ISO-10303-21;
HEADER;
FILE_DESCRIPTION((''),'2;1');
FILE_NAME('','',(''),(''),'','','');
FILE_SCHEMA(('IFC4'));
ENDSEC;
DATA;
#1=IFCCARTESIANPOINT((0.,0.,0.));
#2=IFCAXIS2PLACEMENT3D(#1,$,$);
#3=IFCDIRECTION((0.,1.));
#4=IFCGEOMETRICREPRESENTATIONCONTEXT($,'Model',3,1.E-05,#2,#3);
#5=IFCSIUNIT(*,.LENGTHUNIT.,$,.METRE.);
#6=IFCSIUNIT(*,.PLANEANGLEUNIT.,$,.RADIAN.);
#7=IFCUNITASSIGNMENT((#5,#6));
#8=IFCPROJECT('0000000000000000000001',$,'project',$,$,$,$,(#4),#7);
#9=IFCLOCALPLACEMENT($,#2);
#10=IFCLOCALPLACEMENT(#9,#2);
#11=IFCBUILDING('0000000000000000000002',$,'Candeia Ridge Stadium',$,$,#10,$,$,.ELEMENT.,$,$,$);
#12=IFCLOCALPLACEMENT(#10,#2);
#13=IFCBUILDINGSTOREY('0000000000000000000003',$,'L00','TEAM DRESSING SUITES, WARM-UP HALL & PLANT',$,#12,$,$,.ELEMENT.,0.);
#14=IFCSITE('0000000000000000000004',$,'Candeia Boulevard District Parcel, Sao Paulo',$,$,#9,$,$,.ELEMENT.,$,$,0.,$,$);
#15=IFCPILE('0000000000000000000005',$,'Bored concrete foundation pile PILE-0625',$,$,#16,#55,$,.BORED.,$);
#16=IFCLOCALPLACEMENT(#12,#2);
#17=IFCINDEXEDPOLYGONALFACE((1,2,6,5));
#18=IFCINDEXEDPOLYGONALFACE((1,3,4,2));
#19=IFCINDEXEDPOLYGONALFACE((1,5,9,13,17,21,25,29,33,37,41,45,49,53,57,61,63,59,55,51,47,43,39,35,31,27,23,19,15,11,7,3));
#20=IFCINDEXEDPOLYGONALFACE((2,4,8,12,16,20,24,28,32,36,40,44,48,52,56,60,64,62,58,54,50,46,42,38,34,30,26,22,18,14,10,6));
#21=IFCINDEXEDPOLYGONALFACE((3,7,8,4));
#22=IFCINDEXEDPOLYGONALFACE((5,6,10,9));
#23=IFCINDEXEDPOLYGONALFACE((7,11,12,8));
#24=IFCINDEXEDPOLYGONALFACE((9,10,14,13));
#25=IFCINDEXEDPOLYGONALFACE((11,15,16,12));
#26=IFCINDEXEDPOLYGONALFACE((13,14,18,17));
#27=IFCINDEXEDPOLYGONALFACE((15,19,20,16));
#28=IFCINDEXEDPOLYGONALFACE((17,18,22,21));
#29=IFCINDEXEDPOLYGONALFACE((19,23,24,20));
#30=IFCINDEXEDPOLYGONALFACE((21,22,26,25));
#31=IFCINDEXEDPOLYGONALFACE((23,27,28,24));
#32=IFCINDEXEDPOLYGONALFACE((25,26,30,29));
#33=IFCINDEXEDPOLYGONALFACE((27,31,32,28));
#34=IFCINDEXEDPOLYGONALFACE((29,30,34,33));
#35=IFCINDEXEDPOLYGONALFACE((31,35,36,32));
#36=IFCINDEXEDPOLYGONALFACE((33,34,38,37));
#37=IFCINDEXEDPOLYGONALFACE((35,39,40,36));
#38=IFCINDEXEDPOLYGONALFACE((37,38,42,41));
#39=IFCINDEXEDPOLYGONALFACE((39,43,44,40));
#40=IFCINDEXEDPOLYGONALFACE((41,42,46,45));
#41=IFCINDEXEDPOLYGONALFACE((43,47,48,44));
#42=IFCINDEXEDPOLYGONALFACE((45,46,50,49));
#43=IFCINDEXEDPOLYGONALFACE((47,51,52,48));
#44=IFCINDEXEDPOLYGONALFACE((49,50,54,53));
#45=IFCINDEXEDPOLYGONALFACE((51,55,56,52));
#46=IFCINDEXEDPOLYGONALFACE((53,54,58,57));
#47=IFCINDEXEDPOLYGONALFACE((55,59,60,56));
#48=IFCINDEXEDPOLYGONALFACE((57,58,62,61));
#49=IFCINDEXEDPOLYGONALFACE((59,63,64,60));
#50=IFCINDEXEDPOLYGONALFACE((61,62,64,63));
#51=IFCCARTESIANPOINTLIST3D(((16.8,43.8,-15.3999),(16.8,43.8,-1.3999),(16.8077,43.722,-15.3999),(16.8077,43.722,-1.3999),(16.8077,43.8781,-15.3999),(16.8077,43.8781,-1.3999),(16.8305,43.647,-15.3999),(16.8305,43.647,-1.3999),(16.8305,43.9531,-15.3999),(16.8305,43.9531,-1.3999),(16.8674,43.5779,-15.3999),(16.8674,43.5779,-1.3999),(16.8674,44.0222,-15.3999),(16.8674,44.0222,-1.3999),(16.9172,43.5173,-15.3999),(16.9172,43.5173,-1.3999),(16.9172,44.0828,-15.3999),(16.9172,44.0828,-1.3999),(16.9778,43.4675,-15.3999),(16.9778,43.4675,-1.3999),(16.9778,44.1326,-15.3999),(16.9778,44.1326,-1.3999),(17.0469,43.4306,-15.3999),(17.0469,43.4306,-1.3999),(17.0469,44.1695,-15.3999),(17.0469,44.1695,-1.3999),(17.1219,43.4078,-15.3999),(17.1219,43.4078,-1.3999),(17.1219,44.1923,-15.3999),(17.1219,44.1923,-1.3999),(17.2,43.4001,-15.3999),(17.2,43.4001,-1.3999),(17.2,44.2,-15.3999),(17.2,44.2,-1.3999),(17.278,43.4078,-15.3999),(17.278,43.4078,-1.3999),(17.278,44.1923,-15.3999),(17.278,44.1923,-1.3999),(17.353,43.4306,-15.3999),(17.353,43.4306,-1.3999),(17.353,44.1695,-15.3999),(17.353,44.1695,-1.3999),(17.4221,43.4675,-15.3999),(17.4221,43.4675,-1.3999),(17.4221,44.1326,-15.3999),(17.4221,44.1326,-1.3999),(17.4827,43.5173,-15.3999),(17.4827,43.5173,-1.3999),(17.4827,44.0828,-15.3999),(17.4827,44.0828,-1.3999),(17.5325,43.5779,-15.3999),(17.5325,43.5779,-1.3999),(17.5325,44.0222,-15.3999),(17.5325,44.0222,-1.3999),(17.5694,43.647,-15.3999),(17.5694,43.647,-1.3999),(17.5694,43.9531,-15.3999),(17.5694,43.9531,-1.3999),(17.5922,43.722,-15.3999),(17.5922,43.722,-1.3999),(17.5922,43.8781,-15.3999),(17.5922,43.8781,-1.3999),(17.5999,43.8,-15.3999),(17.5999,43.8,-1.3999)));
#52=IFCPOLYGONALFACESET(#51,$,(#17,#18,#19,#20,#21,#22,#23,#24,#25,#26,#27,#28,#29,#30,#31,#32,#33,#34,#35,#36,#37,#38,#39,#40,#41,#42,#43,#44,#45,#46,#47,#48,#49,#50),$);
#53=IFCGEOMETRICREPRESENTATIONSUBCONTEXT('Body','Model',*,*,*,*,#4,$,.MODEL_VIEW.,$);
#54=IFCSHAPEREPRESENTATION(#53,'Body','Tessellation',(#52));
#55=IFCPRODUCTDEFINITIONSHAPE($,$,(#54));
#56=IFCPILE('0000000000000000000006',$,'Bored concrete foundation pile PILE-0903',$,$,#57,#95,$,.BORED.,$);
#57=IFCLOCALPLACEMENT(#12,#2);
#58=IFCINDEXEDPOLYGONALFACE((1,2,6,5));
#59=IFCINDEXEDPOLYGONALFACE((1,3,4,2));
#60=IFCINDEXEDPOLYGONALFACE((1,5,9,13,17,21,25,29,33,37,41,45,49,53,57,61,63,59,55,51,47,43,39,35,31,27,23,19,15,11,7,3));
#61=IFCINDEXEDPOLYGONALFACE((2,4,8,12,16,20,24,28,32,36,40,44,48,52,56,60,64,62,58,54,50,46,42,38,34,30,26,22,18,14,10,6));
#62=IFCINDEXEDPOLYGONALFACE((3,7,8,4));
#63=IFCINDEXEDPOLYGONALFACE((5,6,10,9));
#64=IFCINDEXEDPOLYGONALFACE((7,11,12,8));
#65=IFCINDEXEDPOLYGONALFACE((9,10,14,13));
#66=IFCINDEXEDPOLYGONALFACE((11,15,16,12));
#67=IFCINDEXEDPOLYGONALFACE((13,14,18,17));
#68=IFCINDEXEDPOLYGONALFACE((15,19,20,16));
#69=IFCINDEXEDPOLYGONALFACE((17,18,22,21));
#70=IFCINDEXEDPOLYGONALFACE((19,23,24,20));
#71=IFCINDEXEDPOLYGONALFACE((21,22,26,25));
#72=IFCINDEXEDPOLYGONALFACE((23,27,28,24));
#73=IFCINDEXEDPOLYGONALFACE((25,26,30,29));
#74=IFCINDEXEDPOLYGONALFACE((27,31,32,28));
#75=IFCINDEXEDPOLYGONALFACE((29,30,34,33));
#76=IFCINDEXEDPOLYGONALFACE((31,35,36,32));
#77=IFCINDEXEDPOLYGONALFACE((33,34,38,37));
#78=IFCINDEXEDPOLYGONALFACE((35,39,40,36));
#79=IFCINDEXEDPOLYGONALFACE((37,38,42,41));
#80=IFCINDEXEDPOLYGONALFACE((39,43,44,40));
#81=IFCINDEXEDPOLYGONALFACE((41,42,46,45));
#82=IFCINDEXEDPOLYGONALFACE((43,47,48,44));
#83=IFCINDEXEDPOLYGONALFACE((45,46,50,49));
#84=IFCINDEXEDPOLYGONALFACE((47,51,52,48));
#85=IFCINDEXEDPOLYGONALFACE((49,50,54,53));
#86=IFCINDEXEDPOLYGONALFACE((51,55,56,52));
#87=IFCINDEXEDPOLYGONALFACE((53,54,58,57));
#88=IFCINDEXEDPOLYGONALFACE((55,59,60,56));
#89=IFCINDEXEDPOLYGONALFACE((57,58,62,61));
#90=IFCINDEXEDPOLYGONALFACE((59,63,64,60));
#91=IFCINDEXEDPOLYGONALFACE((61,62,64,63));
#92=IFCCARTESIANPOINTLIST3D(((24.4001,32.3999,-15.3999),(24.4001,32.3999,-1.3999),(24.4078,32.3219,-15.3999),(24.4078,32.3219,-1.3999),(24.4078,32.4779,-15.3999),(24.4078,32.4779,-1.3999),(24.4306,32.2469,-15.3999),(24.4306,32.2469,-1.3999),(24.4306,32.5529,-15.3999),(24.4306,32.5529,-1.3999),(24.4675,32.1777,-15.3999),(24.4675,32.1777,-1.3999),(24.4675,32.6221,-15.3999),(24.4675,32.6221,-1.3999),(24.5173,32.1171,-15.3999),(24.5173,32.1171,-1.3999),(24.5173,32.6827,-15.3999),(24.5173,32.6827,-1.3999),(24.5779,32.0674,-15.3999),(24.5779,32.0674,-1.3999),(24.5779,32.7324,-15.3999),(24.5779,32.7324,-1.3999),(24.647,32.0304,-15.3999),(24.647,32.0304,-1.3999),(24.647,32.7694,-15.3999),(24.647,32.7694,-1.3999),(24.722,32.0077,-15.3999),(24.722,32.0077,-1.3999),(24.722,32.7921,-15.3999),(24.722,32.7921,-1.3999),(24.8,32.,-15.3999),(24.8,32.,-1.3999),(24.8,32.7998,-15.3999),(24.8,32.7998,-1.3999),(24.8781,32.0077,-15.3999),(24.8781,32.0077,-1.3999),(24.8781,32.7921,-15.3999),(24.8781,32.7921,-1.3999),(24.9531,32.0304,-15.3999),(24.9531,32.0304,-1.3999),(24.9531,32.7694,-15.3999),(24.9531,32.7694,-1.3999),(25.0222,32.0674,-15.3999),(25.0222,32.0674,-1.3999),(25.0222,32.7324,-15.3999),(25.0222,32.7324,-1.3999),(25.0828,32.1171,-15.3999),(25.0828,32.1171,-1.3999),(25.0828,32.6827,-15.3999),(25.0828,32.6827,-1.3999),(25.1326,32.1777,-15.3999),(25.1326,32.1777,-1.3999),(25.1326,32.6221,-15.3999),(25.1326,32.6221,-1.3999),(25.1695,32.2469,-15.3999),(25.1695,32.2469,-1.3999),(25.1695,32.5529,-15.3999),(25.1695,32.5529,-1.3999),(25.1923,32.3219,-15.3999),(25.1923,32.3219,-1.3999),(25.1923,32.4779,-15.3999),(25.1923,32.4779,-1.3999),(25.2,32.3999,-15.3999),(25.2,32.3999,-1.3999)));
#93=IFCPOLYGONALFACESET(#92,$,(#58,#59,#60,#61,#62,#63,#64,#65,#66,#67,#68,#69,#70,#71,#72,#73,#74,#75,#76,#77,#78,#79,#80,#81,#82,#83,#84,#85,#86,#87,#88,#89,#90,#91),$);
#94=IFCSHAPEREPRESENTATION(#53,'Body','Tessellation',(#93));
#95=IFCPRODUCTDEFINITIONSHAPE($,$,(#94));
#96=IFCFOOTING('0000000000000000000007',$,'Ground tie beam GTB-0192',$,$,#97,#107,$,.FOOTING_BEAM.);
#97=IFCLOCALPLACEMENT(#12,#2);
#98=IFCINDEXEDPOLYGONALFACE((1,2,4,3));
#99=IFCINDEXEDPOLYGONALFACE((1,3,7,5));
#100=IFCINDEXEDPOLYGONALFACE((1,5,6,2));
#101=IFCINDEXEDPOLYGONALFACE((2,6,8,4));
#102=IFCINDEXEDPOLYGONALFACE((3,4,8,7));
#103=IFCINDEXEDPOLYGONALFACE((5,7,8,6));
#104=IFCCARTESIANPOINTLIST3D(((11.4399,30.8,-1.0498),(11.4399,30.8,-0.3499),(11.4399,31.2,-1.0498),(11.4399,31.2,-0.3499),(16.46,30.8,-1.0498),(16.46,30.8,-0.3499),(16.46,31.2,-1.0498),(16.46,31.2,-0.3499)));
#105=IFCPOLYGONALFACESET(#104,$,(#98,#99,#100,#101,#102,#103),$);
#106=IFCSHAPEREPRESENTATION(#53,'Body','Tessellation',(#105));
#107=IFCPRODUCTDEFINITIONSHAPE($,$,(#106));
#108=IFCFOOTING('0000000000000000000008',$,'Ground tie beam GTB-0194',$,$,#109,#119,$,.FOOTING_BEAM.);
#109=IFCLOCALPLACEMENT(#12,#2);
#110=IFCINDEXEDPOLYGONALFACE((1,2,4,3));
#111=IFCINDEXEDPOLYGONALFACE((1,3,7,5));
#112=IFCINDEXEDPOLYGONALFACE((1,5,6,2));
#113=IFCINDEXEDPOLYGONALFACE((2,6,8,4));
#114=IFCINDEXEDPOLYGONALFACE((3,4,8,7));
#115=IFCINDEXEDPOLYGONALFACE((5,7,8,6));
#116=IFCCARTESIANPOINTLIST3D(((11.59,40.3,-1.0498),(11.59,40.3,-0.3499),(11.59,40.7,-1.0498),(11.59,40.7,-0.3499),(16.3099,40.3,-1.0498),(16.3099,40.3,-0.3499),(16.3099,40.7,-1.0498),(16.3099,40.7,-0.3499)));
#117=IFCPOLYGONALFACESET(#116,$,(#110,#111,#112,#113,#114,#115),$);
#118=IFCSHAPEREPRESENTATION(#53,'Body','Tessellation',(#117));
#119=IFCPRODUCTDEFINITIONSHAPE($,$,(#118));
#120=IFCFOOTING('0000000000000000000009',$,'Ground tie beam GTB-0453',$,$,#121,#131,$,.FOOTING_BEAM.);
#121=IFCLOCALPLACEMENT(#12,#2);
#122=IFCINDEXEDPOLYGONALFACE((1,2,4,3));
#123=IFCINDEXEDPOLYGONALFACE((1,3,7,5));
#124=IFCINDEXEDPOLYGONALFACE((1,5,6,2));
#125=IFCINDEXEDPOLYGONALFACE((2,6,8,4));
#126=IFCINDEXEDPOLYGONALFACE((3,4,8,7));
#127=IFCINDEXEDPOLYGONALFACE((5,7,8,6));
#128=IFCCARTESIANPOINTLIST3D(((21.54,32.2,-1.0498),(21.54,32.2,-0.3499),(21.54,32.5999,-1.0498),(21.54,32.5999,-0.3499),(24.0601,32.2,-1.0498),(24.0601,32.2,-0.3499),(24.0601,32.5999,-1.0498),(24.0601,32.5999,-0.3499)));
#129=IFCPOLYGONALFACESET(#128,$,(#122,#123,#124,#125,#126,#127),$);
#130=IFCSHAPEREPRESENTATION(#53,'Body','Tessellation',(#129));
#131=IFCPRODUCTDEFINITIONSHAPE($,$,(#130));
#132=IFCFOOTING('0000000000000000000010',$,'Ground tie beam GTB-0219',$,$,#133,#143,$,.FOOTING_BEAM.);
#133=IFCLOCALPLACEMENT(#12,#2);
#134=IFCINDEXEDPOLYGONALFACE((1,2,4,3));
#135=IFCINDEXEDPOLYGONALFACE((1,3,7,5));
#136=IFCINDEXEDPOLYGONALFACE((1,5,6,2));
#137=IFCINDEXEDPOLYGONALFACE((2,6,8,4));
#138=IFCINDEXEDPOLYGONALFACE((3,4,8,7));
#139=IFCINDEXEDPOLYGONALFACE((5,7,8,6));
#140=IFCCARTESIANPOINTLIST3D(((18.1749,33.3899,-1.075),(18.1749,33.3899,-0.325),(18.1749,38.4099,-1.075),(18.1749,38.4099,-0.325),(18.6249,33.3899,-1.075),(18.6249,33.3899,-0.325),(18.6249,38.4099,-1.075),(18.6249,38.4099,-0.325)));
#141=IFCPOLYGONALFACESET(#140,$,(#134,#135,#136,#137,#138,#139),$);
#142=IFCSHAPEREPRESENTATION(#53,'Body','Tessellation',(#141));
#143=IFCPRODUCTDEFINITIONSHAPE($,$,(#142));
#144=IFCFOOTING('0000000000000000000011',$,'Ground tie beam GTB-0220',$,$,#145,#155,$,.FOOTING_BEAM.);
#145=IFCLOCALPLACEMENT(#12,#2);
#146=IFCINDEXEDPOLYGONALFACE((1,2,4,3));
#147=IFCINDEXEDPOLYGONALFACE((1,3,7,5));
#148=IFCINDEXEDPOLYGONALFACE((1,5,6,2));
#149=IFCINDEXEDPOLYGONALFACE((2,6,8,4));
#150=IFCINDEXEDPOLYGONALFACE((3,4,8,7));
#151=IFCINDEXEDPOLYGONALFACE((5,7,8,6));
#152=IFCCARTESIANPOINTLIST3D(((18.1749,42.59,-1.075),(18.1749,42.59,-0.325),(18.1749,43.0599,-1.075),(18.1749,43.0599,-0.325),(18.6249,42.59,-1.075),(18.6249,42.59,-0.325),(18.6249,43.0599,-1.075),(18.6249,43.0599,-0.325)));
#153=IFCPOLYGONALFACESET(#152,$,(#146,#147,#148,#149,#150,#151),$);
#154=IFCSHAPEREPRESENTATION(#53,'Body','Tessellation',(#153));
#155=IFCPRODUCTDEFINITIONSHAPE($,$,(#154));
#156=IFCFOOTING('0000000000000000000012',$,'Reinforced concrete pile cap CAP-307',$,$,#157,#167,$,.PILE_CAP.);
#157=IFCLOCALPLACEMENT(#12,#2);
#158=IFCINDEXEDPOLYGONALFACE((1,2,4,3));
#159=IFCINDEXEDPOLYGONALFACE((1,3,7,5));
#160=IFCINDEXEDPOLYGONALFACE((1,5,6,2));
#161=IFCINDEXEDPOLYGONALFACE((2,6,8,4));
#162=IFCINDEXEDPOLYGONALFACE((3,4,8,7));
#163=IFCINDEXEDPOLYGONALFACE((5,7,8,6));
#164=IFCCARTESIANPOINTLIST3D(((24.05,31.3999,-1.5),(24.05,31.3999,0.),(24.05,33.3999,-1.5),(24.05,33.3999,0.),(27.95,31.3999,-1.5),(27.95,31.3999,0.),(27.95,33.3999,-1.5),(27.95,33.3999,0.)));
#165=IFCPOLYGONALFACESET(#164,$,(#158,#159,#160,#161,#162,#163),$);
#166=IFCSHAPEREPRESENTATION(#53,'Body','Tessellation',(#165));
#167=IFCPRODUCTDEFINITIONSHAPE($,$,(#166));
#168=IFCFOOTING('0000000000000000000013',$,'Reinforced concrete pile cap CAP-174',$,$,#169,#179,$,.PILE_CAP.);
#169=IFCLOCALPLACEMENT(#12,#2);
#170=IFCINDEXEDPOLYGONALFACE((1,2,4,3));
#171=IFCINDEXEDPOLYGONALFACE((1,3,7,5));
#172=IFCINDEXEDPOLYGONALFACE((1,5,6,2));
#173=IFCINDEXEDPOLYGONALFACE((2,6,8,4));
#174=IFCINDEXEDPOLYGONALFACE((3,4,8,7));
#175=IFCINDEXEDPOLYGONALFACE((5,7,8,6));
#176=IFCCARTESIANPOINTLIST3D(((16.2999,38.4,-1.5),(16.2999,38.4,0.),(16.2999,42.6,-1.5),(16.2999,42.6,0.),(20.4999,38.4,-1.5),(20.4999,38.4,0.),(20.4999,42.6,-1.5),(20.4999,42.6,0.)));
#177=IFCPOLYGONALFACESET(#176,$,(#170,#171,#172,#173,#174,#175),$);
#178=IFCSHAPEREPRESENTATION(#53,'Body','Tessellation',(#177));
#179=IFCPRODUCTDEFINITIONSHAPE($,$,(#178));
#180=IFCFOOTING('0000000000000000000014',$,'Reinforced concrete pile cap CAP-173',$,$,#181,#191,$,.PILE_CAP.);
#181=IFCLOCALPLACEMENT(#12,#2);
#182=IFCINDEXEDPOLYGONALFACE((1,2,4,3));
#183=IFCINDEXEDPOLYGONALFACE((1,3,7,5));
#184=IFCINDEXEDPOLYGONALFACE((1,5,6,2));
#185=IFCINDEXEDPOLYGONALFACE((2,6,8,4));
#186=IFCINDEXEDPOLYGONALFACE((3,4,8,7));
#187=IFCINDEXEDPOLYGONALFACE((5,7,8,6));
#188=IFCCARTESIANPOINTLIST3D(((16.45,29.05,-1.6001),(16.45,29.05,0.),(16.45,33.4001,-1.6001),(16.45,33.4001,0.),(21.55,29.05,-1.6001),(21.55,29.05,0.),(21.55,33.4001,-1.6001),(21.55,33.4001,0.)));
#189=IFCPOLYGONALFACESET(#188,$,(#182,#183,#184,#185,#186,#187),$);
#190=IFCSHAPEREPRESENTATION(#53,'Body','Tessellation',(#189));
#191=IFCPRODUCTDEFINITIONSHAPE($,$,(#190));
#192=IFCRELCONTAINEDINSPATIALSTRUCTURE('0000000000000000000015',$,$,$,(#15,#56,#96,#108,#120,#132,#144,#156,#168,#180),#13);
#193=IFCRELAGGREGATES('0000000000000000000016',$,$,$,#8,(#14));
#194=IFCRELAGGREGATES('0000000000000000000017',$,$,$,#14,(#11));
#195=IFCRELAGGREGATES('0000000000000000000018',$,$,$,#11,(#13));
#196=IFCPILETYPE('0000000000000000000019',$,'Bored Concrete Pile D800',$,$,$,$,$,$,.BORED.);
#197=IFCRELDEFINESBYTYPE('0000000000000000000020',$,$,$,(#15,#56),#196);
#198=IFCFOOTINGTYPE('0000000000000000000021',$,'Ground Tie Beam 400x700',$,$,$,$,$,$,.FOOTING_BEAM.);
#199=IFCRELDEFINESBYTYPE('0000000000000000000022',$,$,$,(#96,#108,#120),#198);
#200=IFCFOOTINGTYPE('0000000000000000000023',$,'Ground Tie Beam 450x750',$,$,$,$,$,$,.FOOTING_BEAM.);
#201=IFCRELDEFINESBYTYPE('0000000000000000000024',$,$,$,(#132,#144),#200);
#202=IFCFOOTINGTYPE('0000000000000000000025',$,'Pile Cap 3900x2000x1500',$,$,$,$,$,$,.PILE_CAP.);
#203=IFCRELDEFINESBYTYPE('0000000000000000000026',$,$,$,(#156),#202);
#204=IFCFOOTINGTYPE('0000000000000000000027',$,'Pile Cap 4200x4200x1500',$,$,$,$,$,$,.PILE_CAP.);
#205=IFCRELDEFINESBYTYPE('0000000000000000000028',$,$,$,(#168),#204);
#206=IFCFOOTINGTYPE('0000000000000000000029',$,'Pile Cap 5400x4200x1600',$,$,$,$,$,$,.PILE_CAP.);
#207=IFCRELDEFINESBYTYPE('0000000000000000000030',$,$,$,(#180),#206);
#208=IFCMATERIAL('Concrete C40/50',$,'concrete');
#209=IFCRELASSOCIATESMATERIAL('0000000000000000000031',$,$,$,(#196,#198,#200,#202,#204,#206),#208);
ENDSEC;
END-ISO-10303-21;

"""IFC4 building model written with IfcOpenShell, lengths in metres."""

from ifc_helpers import new_model, si_unit, direction, frame, origin, origin_2d, place, context, subcontext, project, spatial, rectangle, circle, extrude, material, material_profile, profile_set, type_object, element, save


model = new_model("IFC4")

# Units and contexts
model_context = context("Model", 3, precision=1e-05, world=origin(), true_north=direction((0.0, 1.0)))
body_context = subcontext(model_context, "Body", "Model", "MODEL_VIEW")
ifc_project = project(units=[si_unit("LENGTHUNIT", "METRE"), si_unit("PLANEANGLEUNIT", "RADIAN")], contexts=[model_context])

# Site, building, storey
site_placement = place(None, origin())
site = spatial("IfcSite", under=ifc_project, at=site_placement, Name="Candeia Boulevard District Parcel, Sao Paulo", CompositionType="ELEMENT", RefElevation=0.0)
building_placement = place(site_placement, origin())
building = spatial("IfcBuilding", under=site, at=building_placement, Name="Candeia Ridge Stadium", CompositionType="ELEMENT")
storey_placement = place(building_placement, origin())
storey = spatial("IfcBuildingStorey", under=building, at=storey_placement, Name="L00", Description="TEAM DRESSING SUITES, WARM-UP HALL & PLANT", CompositionType="ELEMENT", Elevation=0.0)

# Piles
ifc_material_1 = material(Name="Concrete C40/50", Category="concrete")
ifc_material_profile_1 = material_profile(ifc_material_1, circle(Radius=0.3999, at=origin_2d()), Name="PILE-D800", Category="concrete")
ifc_profile_set_1 = profile_set([ifc_material_profile_1], Name="Concrete C40/50")
pile_type = type_object("IfcPileType", Name="Bored Concrete Pile D800", PredefinedType="BORED", material=ifc_profile_set_1)
for number, where, z_axis, x_axis, name in (
    (1, (17.2, 43.8, -1.3999), (0.0, 0.0, -1.0), (1.0, 0.0, 0.0), "Bored concrete foundation pile PILE-0625"),
    (2, (24.8, 32.3999, -1.3999), (0.0, 0.0, -1.0), (1.0, 0.0, 0.0), "Bored concrete foundation pile PILE-0903"),
):
    element("IfcPile", number, at=place(storey_placement, frame(where, z_axis=z_axis, x_axis=x_axis)), inside=storey, type_object=pile_type, Name=name, PredefinedType="BORED", context=body_context, shape_type="SweptSolid", body=[
        extrude(circle(Radius=0.3999, at=origin_2d()), origin(), (0.0, 0.0, 1.0), 14.0),
    ])

# Footings
footing_type_1 = type_object("IfcFootingType", Name="Ground Tie Beam 400x700", PredefinedType="FOOTING_BEAM", material=ifc_material_1)
footing_1_placement = place(storey_placement, frame((13.95, 31.0, -1.0498), z_axis=(0.0, 0.0, 1.0), x_axis=(1.0, 0.0, 0.0)))
element("IfcFooting", 3, at=footing_1_placement, inside=storey, type_object=footing_type_1, Name="Ground tie beam GTB-0192", PredefinedType="FOOTING_BEAM", context=body_context, shape_type="SweptSolid", body=[
    extrude(rectangle(XDim=5.02, YDim=0.3999, at=origin_2d()), origin(), (0.0, 0.0, 1.0), 0.7),
])
footing_2_placement = place(storey_placement, frame((13.95, 40.5, -1.0498), z_axis=(0.0, 0.0, 1.0), x_axis=(1.0, 0.0, 0.0)))
element("IfcFooting", 4, at=footing_2_placement, inside=storey, type_object=footing_type_1, Name="Ground tie beam GTB-0194", PredefinedType="FOOTING_BEAM", context=body_context, shape_type="SweptSolid", body=[
    extrude(rectangle(XDim=4.72, YDim=0.3999, at=origin_2d()), origin(), (0.0, 0.0, 1.0), 0.7),
])
footing_3_placement = place(storey_placement, frame((22.8, 32.3999, -1.0498), z_axis=(0.0, 0.0, 1.0), x_axis=(1.0, 0.0, 0.0)))
element("IfcFooting", 5, at=footing_3_placement, inside=storey, type_object=footing_type_1, Name="Ground tie beam GTB-0453", PredefinedType="FOOTING_BEAM", context=body_context, shape_type="SweptSolid", body=[
    extrude(rectangle(XDim=2.52, YDim=0.3999, at=origin_2d()), origin(), (0.0, 0.0, 1.0), 0.7),
])
footing_type_2 = type_object("IfcFootingType", Name="Ground Tie Beam 450x750", PredefinedType="FOOTING_BEAM", material=ifc_material_1)
footing_4_placement = place(storey_placement, frame((18.3999, 35.8999, -1.075), z_axis=(0.0, 0.0, 1.0), x_axis=(0.0, 1.0, 0.0)))
element("IfcFooting", 6, at=footing_4_placement, inside=storey, type_object=footing_type_2, Name="Ground tie beam GTB-0219", PredefinedType="FOOTING_BEAM", context=body_context, shape_type="SweptSolid", body=[
    extrude(rectangle(XDim=5.02, YDim=0.45, at=origin_2d()), origin(), (0.0, 0.0, 1.0), 0.75),
])
footing_5_placement = place(storey_placement, frame((18.3999, 42.825, -1.075), z_axis=(0.0, 0.0, 1.0), x_axis=(0.0, 1.0, 0.0)))
element("IfcFooting", 7, at=footing_5_placement, inside=storey, type_object=footing_type_2, Name="Ground tie beam GTB-0220", PredefinedType="FOOTING_BEAM", context=body_context, shape_type="SweptSolid", body=[
    extrude(rectangle(XDim=0.47, YDim=0.45, at=origin_2d()), origin(), (0.0, 0.0, 1.0), 0.75),
])
footing_type_3 = type_object("IfcFootingType", Name="Pile Cap 3900x2000x1500", PredefinedType="PILE_CAP", material=ifc_material_1)
footing_6_placement = place(storey_placement, frame((26.0, 32.3999, -1.5), z_axis=(0.0, 0.0, 1.0), x_axis=(1.0, 0.0, 0.0)))
element("IfcFooting", 8, at=footing_6_placement, inside=storey, type_object=footing_type_3, Name="Reinforced concrete pile cap CAP-307", PredefinedType="PILE_CAP", context=body_context, shape_type="SweptSolid", body=[
    extrude(rectangle(XDim=3.8999, YDim=2.0, at=origin_2d()), origin(), (0.0, 0.0, 1.0), 1.5),
])
footing_type_4 = type_object("IfcFootingType", Name="Pile Cap 4200x4200x1500", PredefinedType="PILE_CAP", material=ifc_material_1)
footing_7_placement = place(storey_placement, frame((18.3999, 40.5, -1.5), z_axis=(0.0, 0.0, 1.0), x_axis=(1.0, 0.0, 0.0)))
element("IfcFooting", 9, at=footing_7_placement, inside=storey, type_object=footing_type_4, Name="Reinforced concrete pile cap CAP-174", PredefinedType="PILE_CAP", context=body_context, shape_type="SweptSolid", body=[
    extrude(rectangle(XDim=4.2, YDim=4.2, at=origin_2d()), origin(), (0.0, 0.0, 1.0), 1.5),
])
footing_type_5 = type_object("IfcFootingType", Name="Pile Cap 5400x4200x1600", PredefinedType="PILE_CAP", material=ifc_material_1)
footing_8_placement = place(storey_placement, frame((19.0, 31.2251, -1.6001), z_axis=(0.0, 0.0, 1.0), x_axis=(1.0, 0.0, 0.0)))
element("IfcFooting", 10, at=footing_8_placement, inside=storey, type_object=footing_type_5, Name="Reinforced concrete pile cap CAP-173", PredefinedType="PILE_CAP", context=body_context, shape_type="SweptSolid", body=[
    extrude(rectangle(XDim=5.1001, YDim=4.3501, at=origin_2d()), origin(), (0.0, 0.0, 1.0), 1.6001),
])

save(model, "model.ifc")
